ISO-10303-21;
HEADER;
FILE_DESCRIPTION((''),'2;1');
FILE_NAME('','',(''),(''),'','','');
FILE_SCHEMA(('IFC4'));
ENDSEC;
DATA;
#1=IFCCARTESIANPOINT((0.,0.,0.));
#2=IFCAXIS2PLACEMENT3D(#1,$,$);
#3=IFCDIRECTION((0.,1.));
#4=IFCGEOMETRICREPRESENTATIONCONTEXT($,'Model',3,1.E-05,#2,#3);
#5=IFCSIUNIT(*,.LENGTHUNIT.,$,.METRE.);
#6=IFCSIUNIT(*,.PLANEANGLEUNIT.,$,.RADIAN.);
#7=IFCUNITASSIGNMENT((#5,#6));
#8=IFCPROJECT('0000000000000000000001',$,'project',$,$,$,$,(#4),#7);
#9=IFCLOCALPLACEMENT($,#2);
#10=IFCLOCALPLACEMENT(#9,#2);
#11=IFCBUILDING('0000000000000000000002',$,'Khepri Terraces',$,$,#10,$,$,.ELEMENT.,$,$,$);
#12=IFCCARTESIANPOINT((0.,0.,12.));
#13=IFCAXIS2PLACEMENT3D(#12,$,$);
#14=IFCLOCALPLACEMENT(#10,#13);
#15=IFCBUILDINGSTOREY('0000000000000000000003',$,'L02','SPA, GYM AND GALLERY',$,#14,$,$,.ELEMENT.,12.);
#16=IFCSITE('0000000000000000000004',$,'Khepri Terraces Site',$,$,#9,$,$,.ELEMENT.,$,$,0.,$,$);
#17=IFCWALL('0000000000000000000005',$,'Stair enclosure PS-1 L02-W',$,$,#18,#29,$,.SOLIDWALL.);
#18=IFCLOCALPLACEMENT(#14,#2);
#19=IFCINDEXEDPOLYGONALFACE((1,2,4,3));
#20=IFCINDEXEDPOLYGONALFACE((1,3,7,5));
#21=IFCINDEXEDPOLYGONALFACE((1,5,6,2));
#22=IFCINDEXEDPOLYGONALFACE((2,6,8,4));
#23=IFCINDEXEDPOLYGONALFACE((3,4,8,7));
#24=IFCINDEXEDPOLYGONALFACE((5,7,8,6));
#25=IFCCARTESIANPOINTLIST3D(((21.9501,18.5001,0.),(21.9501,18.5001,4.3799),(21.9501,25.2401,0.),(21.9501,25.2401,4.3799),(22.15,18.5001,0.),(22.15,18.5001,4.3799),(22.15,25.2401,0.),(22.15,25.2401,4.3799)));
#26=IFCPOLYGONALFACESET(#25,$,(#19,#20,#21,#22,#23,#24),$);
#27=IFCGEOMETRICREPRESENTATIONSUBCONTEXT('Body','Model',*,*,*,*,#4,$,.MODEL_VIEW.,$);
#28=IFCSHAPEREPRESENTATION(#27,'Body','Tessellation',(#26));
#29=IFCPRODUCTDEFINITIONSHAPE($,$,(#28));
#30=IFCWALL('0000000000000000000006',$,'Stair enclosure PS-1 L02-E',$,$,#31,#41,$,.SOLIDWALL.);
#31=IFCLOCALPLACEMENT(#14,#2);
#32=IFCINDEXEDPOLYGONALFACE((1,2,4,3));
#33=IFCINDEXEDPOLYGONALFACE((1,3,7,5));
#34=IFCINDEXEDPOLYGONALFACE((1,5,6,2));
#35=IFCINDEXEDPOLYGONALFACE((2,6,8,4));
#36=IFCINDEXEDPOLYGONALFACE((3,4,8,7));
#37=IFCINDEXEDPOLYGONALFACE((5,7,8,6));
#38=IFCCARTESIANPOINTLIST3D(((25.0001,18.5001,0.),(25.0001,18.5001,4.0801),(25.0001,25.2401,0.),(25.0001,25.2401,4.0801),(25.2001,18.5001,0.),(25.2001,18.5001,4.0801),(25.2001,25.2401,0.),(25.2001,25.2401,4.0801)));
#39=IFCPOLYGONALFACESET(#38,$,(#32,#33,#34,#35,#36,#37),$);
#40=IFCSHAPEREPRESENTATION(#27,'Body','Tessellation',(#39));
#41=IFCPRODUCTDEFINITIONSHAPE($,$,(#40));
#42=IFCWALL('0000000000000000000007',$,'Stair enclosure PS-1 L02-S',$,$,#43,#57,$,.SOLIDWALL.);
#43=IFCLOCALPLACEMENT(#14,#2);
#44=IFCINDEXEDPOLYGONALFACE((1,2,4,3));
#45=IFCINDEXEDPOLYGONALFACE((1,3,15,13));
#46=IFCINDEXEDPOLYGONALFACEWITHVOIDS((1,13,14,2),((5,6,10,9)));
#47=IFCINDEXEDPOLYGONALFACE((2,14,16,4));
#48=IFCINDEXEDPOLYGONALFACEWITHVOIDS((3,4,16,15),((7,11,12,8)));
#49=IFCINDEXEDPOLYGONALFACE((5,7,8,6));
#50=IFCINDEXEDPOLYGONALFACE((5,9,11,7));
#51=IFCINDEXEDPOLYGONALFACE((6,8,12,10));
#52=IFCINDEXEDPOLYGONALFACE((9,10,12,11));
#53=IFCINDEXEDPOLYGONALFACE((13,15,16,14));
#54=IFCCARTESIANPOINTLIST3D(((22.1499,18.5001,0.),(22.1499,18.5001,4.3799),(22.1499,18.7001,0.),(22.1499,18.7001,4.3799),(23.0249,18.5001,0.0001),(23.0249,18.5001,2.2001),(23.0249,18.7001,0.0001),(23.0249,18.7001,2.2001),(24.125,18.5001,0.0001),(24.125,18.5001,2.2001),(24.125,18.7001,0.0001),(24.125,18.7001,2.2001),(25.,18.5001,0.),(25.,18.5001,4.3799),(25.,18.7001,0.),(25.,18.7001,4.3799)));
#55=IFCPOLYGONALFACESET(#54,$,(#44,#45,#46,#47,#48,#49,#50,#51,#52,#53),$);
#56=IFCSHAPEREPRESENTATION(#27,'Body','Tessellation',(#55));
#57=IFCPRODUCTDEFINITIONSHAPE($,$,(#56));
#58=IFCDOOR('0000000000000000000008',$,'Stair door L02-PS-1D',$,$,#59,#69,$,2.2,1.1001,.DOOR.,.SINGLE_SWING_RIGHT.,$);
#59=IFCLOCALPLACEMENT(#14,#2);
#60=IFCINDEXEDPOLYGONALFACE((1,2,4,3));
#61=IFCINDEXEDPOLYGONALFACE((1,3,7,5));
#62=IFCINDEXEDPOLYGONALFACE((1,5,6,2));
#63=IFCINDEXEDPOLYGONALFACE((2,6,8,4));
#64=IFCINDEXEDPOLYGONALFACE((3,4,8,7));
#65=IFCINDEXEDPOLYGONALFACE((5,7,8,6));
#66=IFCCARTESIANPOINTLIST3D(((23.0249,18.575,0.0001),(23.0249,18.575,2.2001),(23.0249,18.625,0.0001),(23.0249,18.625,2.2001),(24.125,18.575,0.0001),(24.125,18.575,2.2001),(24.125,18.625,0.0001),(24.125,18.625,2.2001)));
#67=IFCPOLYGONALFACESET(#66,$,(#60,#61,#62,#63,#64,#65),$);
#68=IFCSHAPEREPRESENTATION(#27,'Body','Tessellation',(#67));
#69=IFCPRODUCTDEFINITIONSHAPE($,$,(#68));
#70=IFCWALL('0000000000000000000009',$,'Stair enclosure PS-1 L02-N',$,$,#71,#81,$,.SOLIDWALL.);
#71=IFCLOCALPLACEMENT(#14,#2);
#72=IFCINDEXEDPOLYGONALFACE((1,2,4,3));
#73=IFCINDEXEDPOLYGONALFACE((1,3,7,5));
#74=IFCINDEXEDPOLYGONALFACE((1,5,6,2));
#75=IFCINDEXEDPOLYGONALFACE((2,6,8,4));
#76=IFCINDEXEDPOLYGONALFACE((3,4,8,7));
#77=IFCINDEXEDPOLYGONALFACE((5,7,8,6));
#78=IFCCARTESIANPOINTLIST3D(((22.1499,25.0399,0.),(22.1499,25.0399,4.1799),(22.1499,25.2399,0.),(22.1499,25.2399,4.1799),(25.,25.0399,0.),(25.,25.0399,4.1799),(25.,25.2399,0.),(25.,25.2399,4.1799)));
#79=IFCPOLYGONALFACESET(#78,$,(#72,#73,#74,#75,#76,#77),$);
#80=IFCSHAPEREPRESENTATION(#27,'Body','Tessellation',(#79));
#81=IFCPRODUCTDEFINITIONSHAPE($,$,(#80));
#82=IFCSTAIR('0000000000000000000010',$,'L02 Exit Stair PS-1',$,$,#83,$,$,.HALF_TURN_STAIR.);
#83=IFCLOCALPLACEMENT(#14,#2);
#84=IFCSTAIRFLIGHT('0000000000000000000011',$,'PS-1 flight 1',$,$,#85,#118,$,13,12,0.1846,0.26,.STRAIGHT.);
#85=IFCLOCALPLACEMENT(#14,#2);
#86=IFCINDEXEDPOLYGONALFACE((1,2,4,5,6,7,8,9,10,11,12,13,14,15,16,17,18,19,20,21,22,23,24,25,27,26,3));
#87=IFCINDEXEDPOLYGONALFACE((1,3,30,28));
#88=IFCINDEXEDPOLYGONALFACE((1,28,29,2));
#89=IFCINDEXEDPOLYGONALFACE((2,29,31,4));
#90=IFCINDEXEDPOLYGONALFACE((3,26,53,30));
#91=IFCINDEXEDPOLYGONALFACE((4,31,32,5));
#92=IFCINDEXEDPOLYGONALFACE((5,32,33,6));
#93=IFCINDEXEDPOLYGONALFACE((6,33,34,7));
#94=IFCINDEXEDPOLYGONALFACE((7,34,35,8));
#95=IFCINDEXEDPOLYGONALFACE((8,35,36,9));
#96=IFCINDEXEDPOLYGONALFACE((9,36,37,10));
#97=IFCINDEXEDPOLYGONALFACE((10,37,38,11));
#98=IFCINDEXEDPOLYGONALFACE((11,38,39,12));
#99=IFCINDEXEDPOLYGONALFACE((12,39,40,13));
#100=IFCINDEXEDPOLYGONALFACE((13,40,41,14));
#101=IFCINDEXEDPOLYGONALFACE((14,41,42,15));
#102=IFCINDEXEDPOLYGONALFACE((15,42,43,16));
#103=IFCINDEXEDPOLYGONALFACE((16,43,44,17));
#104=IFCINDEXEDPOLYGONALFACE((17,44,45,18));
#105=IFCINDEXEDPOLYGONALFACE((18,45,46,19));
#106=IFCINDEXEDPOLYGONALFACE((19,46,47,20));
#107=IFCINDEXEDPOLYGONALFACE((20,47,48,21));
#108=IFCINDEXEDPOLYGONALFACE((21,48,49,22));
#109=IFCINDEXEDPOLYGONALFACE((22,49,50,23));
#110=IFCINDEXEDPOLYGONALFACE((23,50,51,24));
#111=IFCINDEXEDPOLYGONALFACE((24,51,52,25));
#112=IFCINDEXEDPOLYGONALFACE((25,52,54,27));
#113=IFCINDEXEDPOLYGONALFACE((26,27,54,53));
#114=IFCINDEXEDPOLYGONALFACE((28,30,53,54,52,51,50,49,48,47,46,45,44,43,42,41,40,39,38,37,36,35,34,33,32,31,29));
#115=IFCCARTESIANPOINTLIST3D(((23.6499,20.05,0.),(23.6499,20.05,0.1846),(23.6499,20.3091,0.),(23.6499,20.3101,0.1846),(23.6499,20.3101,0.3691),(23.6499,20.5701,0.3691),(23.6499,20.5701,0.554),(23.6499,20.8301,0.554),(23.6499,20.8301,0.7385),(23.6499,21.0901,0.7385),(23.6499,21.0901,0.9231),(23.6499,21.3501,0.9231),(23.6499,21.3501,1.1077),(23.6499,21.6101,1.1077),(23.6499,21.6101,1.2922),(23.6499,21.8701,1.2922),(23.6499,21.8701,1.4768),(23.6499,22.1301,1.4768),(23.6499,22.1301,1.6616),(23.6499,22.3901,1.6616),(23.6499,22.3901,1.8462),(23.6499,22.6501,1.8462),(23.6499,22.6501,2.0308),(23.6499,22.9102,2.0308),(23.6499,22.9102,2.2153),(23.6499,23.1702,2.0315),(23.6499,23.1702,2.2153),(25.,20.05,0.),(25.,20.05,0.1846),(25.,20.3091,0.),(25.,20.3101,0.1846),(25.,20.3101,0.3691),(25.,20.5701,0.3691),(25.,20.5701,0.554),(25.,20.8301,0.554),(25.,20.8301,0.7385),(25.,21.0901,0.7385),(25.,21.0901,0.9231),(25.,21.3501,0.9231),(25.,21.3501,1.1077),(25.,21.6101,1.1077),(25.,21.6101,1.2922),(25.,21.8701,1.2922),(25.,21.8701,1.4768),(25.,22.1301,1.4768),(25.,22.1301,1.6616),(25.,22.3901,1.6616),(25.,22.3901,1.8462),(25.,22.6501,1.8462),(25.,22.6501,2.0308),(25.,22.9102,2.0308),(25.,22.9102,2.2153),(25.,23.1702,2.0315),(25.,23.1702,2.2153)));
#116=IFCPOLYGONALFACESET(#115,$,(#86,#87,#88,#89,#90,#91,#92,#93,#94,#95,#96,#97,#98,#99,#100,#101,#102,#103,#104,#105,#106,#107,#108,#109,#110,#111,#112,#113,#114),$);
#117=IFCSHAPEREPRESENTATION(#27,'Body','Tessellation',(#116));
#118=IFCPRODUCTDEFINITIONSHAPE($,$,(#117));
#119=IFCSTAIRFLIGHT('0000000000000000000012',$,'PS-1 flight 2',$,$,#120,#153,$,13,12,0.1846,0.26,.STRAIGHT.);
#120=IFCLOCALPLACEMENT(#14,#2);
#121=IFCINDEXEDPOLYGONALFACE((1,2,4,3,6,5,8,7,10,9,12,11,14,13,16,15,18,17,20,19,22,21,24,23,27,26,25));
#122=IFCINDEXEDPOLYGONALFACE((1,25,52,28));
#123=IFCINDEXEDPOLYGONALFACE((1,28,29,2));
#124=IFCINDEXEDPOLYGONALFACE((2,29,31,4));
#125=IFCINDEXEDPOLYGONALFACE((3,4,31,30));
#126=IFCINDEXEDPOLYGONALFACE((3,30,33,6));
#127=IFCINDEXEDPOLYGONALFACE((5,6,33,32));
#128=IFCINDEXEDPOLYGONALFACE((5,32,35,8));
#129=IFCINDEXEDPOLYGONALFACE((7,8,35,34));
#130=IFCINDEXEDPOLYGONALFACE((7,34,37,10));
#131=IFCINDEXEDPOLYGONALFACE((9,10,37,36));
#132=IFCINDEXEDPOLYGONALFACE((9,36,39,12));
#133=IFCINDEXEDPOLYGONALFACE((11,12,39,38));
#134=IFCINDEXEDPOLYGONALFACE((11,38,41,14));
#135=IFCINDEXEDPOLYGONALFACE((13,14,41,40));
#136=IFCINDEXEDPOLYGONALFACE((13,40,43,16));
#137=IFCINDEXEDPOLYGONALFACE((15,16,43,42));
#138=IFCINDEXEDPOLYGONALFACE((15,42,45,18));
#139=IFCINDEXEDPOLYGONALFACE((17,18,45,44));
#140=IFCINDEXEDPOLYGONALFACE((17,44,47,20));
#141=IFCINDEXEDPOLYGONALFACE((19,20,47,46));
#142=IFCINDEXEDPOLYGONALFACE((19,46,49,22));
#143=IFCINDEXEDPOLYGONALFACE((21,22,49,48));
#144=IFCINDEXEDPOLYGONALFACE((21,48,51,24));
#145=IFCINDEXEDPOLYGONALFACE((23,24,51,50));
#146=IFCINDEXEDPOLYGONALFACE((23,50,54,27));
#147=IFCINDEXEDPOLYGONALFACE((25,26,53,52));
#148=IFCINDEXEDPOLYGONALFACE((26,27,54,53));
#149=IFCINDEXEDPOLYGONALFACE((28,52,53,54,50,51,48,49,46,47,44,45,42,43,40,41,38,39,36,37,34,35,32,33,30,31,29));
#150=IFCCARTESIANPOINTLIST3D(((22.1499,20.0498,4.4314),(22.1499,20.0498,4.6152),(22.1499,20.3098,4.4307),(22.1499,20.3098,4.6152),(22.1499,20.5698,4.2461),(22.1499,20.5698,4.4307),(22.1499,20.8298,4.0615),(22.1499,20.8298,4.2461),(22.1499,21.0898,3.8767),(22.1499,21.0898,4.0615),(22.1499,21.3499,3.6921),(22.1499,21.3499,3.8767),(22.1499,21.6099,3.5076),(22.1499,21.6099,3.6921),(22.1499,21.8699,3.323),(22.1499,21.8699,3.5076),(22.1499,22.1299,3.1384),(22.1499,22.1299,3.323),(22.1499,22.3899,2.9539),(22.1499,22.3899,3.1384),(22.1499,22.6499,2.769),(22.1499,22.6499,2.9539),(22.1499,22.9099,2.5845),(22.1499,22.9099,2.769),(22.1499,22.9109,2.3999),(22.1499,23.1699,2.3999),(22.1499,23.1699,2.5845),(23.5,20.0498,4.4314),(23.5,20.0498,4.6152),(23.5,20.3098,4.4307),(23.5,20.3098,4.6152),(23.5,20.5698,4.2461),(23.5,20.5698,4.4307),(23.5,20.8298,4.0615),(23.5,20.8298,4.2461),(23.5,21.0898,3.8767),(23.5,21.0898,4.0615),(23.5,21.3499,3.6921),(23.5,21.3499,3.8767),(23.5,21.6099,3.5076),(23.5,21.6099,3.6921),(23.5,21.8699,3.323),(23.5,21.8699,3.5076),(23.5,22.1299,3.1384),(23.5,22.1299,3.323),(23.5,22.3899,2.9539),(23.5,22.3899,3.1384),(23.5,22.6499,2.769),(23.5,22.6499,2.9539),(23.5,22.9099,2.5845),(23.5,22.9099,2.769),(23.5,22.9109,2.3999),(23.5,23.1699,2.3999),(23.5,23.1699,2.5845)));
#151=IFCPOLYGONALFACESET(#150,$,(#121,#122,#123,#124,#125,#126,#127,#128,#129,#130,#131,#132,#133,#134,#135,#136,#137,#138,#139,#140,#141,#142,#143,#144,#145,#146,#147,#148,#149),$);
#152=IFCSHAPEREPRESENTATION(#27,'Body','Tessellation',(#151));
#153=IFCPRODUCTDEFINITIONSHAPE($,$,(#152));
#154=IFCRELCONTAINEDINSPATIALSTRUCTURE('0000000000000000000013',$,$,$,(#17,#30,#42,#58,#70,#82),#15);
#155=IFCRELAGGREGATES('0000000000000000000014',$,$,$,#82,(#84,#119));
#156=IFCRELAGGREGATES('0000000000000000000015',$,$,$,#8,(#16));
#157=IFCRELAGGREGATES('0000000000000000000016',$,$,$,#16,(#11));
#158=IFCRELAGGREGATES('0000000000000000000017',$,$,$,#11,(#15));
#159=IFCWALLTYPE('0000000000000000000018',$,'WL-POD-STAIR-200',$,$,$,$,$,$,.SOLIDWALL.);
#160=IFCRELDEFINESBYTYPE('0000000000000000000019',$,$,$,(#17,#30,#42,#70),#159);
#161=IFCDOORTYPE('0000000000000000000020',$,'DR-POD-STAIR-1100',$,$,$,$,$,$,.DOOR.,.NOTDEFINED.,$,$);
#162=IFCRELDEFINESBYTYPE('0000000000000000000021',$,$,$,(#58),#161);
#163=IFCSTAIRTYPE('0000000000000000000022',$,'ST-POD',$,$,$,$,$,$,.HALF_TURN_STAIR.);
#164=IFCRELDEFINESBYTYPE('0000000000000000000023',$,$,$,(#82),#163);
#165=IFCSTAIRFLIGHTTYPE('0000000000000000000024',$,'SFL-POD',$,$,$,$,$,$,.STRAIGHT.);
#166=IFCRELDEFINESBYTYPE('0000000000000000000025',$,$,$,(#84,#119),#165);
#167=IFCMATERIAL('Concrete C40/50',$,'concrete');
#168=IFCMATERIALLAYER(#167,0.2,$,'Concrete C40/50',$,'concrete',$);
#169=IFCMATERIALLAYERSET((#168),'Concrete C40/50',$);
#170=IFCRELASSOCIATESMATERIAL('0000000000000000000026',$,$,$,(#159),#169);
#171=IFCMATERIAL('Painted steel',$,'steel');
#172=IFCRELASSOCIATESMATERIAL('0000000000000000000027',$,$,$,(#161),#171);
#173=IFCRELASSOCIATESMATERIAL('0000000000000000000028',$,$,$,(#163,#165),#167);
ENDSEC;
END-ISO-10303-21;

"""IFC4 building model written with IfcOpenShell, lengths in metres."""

from ifc_helpers import new_model, si_unit, direction, frame, frame_2d, origin, place, context, subcontext, project, spatial, polyline, rectangle, outline, extrude, material, layer, layer_set, type_object, element, fill, aggregate, save


model = new_model("IFC4")

# Units and contexts
model_context = context("Model", 3, precision=1e-05, world=origin(), true_north=direction((0.0, 1.0)))
body_context = subcontext(model_context, "Body", "Model", "MODEL_VIEW")
ifc_project = project(units=[si_unit("LENGTHUNIT", "METRE"), si_unit("PLANEANGLEUNIT", "RADIAN")], contexts=[model_context])

# Site, building, storey
site_placement = place(None, origin())
site = spatial("IfcSite", under=ifc_project, at=site_placement, Name="Khepri Terraces Site", CompositionType="ELEMENT", RefElevation=0.0)
building_placement = place(site_placement, origin())
building = spatial("IfcBuilding", under=site, at=building_placement, Name="Khepri Terraces", CompositionType="ELEMENT")
storey_placement = place(building_placement, frame((0.0, 0.0, 12.0)))
storey = spatial("IfcBuildingStorey", under=building, at=storey_placement, Name="L02", Description="SPA, GYM AND GALLERY", CompositionType="ELEMENT", Elevation=12.0)

# Walls
ifc_material_1 = material(Name="Concrete C40/50", Category="concrete")
ifc_layer_1 = layer(ifc_material_1, 0.2, Name="Concrete C40/50", Category="concrete")
ifc_layer_set_1 = layer_set([ifc_layer_1], Name="Concrete C40/50")
wall_type_1 = type_object("IfcWallType", Name="WL-POD-STAIR-200", PredefinedType="SOLIDWALL", material=ifc_layer_set_1)
wall_1_placement = place(storey_placement, frame((22.05, 18.5, 0.0), z_axis=(0.0, 0.0, 1.0), x_axis=(0.0, 1.0, 0.0)))
element("IfcWall", 1, at=wall_1_placement, inside=storey, type_object=wall_type_1, Name="Stair enclosure PS-1 L02-W", PredefinedType="SOLIDWALL", context=body_context, shape_type="SweptSolid", body=[
    extrude(rectangle(XDim=6.74, YDim=0.2, at=frame_2d((3.3701, 0.0))), origin(), (0.0, 0.0, 1.0), 4.3799),
])
wall_2_placement = place(storey_placement, frame((25.1001, 18.5, 0.0), z_axis=(0.0, 0.0, 1.0), x_axis=(0.0, 1.0, 0.0)))
element("IfcWall", 2, at=wall_2_placement, inside=storey, type_object=wall_type_1, Name="Stair enclosure PS-1 L02-E", PredefinedType="SOLIDWALL", context=body_context, shape_type="SweptSolid", body=[
    extrude(rectangle(XDim=6.74, YDim=0.2, at=frame_2d((3.3701, 0.0))), origin(), (0.0, 0.0, 1.0), 4.0801),
])

# Wall, opening, door
wall_3_placement = place(storey_placement, frame((22.1499, 18.6001, 0.0), z_axis=(0.0, 0.0, 1.0), x_axis=(1.0, 0.0, 0.0)))
wall_3 = element("IfcWall", 3, at=wall_3_placement, inside=storey, type_object=wall_type_1, Name="Stair enclosure PS-1 L02-S", PredefinedType="SOLIDWALL", context=body_context, shape_type="SweptSolid", body=[
    extrude(rectangle(XDim=2.8501, YDim=0.2, at=frame_2d((1.425, 0.0))), origin(), (0.0, 0.0, 1.0), 4.3799),
])
opening_1_placement = place(wall_3_placement, frame((0.875, 0.0, 0.0)))
opening_1 = element("IfcOpeningElement", 4, at=opening_1_placement, cuts=wall_3, PredefinedType="OPENING", context=body_context, shape_type="SweptSolid", body=[
    extrude(rectangle(XDim=1.1001, YDim=2.2, at=frame_2d((0.55, 1.1001))), frame((0.0, 0.1099, 0.0), z_axis=(0.0, -1.0, 0.0), x_axis=(1.0, 0.0, 0.0)), (0.0, 0.0, 1.0), 0.22),
])
ifc_material_2 = material(Name="Painted steel", Category="steel")
door_type_1 = type_object("IfcDoorType", Name="DR-POD-STAIR-1100", OperationType="NOTDEFINED", PredefinedType="DOOR", material=ifc_material_2)
door_1_placement = place(opening_1_placement, origin())
door_1 = element("IfcDoor", 5, at=door_1_placement, inside=storey, type_object=door_type_1, Name="Stair door L02-PS-1D", OperationType="SINGLE_SWING_RIGHT", OverallHeight=2.2, OverallWidth=1.1001, PredefinedType="DOOR", context=body_context, shape_type="SweptSolid", body=[
    extrude(rectangle(XDim=1.1001, YDim=2.2, at=frame_2d((0.55, 1.1001))), frame((0.0, 0.0249, 0.0), z_axis=(0.0, -1.0, 0.0), x_axis=(1.0, 0.0, 0.0)), (0.0, 0.0, 1.0), 0.05),
])
fill(opening_1, door_1)

# Wall
wall_4_placement = place(storey_placement, frame((22.1499, 25.1399, 0.0), z_axis=(0.0, 0.0, 1.0), x_axis=(1.0, 0.0, 0.0)))
element("IfcWall", 6, at=wall_4_placement, inside=storey, type_object=wall_type_1, Name="Stair enclosure PS-1 L02-N", PredefinedType="SOLIDWALL", context=body_context, shape_type="SweptSolid", body=[
    extrude(rectangle(XDim=2.8501, YDim=0.2, at=frame_2d((1.425, 0.0))), origin(), (0.0, 0.0, 1.0), 4.1799),
])

# Stair, stair flights
stair_type = type_object("IfcStairType", Name="ST-POD", PredefinedType="HALF_TURN_STAIR", material=ifc_material_1)
stair_placement = place(storey_placement, origin())
stair = element("IfcStair", 7, at=stair_placement, inside=storey, type_object=stair_type, Name="L02 Exit Stair PS-1", PredefinedType="HALF_TURN_STAIR")
stair_flight_type = type_object("IfcStairFlightType", Name="SFL-POD", PredefinedType="STRAIGHT", material=ifc_material_1)
stair_flight_1_placement = place(storey_placement, frame((24.325, 20.05, 0.0), z_axis=(0.0, 0.0, 1.0), x_axis=(0.0, 1.0, 0.0)))
stair_flight_1 = element("IfcStairFlight", 8, at=stair_flight_1_placement, type_object=stair_flight_type, Name="PS-1 flight 1", NumberOfRisers=13, NumberOfTreads=12, PredefinedType="STRAIGHT", RiserHeight=0.1846, TreadLength=0.26, context=body_context, shape_type="SweptSolid", body=[
    extrude(outline(polyline([(0.0, 0.0), (0.0, 0.1846), (0.26, 0.1846), (0.26, 0.3691), (0.52, 0.3691), (0.52, 0.554), (0.78, 0.554), (0.78, 0.7385), (1.04, 0.7385), (1.04, 0.9231), (1.3, 0.9231), (1.3, 1.1077), (1.5601, 1.1077), (1.5601, 1.2922), (1.8201, 1.2922), (1.8201, 1.4768), (2.0801, 1.4768), (2.0801, 1.6616), (2.3401, 1.6616), (2.3401, 1.8462), (2.6001, 1.8462), (2.6001, 2.0308), (2.8601, 2.0308), (2.8601, 2.2153), (3.1201, 2.2153), (3.1201, 2.3999), (3.1201, 2.0315), (0.259, 0.0), (0.0, 0.0)])), frame((0.0, 0.675, 0.0), z_axis=(0.0, -1.0, 0.0), x_axis=(1.0, 0.0, 0.0)), (0.0, 0.0, 1.0), 1.3501),
])
stair_flight_2_placement = place(storey_placement, frame((22.825, 23.1699, 2.3999), z_axis=(0.0, 0.0, 1.0), x_axis=(0.0, -1.0, 0.0)))
stair_flight_2 = element("IfcStairFlight", 9, at=stair_flight_2_placement, type_object=stair_flight_type, Name="PS-1 flight 2", NumberOfRisers=13, NumberOfTreads=12, PredefinedType="STRAIGHT", RiserHeight=0.1846, TreadLength=0.26, context=body_context, shape_type="SweptSolid", body=[
    extrude(outline(polyline([(0.0, 0.0), (0.0, 0.1846), (0.26, 0.1846), (0.26, 0.3691), (0.52, 0.3691), (0.52, 0.554), (0.78, 0.554), (0.78, 0.7385), (1.04, 0.7385), (1.04, 0.9231), (1.3, 0.9231), (1.3, 1.1077), (1.5601, 1.1077), (1.5601, 1.2922), (1.8201, 1.2922), (1.8201, 1.4768), (2.0801, 1.4768), (2.0801, 1.6616), (2.3401, 1.6616), (2.3401, 1.8462), (2.6001, 1.8462), (2.6001, 2.0308), (2.8601, 2.0308), (2.8601, 2.2153), (3.1201, 2.2153), (3.1201, 2.3999), (3.1201, 2.0315), (0.259, 0.0), (0.0, 0.0)])), frame((0.0, 0.675, 0.0), z_axis=(0.0, -1.0, 0.0), x_axis=(1.0, 0.0, 0.0)), (0.0, 0.0, 1.0), 1.3501),
])
aggregate(stair, [stair_flight_1, stair_flight_2])

save(model, "model.ifc")
